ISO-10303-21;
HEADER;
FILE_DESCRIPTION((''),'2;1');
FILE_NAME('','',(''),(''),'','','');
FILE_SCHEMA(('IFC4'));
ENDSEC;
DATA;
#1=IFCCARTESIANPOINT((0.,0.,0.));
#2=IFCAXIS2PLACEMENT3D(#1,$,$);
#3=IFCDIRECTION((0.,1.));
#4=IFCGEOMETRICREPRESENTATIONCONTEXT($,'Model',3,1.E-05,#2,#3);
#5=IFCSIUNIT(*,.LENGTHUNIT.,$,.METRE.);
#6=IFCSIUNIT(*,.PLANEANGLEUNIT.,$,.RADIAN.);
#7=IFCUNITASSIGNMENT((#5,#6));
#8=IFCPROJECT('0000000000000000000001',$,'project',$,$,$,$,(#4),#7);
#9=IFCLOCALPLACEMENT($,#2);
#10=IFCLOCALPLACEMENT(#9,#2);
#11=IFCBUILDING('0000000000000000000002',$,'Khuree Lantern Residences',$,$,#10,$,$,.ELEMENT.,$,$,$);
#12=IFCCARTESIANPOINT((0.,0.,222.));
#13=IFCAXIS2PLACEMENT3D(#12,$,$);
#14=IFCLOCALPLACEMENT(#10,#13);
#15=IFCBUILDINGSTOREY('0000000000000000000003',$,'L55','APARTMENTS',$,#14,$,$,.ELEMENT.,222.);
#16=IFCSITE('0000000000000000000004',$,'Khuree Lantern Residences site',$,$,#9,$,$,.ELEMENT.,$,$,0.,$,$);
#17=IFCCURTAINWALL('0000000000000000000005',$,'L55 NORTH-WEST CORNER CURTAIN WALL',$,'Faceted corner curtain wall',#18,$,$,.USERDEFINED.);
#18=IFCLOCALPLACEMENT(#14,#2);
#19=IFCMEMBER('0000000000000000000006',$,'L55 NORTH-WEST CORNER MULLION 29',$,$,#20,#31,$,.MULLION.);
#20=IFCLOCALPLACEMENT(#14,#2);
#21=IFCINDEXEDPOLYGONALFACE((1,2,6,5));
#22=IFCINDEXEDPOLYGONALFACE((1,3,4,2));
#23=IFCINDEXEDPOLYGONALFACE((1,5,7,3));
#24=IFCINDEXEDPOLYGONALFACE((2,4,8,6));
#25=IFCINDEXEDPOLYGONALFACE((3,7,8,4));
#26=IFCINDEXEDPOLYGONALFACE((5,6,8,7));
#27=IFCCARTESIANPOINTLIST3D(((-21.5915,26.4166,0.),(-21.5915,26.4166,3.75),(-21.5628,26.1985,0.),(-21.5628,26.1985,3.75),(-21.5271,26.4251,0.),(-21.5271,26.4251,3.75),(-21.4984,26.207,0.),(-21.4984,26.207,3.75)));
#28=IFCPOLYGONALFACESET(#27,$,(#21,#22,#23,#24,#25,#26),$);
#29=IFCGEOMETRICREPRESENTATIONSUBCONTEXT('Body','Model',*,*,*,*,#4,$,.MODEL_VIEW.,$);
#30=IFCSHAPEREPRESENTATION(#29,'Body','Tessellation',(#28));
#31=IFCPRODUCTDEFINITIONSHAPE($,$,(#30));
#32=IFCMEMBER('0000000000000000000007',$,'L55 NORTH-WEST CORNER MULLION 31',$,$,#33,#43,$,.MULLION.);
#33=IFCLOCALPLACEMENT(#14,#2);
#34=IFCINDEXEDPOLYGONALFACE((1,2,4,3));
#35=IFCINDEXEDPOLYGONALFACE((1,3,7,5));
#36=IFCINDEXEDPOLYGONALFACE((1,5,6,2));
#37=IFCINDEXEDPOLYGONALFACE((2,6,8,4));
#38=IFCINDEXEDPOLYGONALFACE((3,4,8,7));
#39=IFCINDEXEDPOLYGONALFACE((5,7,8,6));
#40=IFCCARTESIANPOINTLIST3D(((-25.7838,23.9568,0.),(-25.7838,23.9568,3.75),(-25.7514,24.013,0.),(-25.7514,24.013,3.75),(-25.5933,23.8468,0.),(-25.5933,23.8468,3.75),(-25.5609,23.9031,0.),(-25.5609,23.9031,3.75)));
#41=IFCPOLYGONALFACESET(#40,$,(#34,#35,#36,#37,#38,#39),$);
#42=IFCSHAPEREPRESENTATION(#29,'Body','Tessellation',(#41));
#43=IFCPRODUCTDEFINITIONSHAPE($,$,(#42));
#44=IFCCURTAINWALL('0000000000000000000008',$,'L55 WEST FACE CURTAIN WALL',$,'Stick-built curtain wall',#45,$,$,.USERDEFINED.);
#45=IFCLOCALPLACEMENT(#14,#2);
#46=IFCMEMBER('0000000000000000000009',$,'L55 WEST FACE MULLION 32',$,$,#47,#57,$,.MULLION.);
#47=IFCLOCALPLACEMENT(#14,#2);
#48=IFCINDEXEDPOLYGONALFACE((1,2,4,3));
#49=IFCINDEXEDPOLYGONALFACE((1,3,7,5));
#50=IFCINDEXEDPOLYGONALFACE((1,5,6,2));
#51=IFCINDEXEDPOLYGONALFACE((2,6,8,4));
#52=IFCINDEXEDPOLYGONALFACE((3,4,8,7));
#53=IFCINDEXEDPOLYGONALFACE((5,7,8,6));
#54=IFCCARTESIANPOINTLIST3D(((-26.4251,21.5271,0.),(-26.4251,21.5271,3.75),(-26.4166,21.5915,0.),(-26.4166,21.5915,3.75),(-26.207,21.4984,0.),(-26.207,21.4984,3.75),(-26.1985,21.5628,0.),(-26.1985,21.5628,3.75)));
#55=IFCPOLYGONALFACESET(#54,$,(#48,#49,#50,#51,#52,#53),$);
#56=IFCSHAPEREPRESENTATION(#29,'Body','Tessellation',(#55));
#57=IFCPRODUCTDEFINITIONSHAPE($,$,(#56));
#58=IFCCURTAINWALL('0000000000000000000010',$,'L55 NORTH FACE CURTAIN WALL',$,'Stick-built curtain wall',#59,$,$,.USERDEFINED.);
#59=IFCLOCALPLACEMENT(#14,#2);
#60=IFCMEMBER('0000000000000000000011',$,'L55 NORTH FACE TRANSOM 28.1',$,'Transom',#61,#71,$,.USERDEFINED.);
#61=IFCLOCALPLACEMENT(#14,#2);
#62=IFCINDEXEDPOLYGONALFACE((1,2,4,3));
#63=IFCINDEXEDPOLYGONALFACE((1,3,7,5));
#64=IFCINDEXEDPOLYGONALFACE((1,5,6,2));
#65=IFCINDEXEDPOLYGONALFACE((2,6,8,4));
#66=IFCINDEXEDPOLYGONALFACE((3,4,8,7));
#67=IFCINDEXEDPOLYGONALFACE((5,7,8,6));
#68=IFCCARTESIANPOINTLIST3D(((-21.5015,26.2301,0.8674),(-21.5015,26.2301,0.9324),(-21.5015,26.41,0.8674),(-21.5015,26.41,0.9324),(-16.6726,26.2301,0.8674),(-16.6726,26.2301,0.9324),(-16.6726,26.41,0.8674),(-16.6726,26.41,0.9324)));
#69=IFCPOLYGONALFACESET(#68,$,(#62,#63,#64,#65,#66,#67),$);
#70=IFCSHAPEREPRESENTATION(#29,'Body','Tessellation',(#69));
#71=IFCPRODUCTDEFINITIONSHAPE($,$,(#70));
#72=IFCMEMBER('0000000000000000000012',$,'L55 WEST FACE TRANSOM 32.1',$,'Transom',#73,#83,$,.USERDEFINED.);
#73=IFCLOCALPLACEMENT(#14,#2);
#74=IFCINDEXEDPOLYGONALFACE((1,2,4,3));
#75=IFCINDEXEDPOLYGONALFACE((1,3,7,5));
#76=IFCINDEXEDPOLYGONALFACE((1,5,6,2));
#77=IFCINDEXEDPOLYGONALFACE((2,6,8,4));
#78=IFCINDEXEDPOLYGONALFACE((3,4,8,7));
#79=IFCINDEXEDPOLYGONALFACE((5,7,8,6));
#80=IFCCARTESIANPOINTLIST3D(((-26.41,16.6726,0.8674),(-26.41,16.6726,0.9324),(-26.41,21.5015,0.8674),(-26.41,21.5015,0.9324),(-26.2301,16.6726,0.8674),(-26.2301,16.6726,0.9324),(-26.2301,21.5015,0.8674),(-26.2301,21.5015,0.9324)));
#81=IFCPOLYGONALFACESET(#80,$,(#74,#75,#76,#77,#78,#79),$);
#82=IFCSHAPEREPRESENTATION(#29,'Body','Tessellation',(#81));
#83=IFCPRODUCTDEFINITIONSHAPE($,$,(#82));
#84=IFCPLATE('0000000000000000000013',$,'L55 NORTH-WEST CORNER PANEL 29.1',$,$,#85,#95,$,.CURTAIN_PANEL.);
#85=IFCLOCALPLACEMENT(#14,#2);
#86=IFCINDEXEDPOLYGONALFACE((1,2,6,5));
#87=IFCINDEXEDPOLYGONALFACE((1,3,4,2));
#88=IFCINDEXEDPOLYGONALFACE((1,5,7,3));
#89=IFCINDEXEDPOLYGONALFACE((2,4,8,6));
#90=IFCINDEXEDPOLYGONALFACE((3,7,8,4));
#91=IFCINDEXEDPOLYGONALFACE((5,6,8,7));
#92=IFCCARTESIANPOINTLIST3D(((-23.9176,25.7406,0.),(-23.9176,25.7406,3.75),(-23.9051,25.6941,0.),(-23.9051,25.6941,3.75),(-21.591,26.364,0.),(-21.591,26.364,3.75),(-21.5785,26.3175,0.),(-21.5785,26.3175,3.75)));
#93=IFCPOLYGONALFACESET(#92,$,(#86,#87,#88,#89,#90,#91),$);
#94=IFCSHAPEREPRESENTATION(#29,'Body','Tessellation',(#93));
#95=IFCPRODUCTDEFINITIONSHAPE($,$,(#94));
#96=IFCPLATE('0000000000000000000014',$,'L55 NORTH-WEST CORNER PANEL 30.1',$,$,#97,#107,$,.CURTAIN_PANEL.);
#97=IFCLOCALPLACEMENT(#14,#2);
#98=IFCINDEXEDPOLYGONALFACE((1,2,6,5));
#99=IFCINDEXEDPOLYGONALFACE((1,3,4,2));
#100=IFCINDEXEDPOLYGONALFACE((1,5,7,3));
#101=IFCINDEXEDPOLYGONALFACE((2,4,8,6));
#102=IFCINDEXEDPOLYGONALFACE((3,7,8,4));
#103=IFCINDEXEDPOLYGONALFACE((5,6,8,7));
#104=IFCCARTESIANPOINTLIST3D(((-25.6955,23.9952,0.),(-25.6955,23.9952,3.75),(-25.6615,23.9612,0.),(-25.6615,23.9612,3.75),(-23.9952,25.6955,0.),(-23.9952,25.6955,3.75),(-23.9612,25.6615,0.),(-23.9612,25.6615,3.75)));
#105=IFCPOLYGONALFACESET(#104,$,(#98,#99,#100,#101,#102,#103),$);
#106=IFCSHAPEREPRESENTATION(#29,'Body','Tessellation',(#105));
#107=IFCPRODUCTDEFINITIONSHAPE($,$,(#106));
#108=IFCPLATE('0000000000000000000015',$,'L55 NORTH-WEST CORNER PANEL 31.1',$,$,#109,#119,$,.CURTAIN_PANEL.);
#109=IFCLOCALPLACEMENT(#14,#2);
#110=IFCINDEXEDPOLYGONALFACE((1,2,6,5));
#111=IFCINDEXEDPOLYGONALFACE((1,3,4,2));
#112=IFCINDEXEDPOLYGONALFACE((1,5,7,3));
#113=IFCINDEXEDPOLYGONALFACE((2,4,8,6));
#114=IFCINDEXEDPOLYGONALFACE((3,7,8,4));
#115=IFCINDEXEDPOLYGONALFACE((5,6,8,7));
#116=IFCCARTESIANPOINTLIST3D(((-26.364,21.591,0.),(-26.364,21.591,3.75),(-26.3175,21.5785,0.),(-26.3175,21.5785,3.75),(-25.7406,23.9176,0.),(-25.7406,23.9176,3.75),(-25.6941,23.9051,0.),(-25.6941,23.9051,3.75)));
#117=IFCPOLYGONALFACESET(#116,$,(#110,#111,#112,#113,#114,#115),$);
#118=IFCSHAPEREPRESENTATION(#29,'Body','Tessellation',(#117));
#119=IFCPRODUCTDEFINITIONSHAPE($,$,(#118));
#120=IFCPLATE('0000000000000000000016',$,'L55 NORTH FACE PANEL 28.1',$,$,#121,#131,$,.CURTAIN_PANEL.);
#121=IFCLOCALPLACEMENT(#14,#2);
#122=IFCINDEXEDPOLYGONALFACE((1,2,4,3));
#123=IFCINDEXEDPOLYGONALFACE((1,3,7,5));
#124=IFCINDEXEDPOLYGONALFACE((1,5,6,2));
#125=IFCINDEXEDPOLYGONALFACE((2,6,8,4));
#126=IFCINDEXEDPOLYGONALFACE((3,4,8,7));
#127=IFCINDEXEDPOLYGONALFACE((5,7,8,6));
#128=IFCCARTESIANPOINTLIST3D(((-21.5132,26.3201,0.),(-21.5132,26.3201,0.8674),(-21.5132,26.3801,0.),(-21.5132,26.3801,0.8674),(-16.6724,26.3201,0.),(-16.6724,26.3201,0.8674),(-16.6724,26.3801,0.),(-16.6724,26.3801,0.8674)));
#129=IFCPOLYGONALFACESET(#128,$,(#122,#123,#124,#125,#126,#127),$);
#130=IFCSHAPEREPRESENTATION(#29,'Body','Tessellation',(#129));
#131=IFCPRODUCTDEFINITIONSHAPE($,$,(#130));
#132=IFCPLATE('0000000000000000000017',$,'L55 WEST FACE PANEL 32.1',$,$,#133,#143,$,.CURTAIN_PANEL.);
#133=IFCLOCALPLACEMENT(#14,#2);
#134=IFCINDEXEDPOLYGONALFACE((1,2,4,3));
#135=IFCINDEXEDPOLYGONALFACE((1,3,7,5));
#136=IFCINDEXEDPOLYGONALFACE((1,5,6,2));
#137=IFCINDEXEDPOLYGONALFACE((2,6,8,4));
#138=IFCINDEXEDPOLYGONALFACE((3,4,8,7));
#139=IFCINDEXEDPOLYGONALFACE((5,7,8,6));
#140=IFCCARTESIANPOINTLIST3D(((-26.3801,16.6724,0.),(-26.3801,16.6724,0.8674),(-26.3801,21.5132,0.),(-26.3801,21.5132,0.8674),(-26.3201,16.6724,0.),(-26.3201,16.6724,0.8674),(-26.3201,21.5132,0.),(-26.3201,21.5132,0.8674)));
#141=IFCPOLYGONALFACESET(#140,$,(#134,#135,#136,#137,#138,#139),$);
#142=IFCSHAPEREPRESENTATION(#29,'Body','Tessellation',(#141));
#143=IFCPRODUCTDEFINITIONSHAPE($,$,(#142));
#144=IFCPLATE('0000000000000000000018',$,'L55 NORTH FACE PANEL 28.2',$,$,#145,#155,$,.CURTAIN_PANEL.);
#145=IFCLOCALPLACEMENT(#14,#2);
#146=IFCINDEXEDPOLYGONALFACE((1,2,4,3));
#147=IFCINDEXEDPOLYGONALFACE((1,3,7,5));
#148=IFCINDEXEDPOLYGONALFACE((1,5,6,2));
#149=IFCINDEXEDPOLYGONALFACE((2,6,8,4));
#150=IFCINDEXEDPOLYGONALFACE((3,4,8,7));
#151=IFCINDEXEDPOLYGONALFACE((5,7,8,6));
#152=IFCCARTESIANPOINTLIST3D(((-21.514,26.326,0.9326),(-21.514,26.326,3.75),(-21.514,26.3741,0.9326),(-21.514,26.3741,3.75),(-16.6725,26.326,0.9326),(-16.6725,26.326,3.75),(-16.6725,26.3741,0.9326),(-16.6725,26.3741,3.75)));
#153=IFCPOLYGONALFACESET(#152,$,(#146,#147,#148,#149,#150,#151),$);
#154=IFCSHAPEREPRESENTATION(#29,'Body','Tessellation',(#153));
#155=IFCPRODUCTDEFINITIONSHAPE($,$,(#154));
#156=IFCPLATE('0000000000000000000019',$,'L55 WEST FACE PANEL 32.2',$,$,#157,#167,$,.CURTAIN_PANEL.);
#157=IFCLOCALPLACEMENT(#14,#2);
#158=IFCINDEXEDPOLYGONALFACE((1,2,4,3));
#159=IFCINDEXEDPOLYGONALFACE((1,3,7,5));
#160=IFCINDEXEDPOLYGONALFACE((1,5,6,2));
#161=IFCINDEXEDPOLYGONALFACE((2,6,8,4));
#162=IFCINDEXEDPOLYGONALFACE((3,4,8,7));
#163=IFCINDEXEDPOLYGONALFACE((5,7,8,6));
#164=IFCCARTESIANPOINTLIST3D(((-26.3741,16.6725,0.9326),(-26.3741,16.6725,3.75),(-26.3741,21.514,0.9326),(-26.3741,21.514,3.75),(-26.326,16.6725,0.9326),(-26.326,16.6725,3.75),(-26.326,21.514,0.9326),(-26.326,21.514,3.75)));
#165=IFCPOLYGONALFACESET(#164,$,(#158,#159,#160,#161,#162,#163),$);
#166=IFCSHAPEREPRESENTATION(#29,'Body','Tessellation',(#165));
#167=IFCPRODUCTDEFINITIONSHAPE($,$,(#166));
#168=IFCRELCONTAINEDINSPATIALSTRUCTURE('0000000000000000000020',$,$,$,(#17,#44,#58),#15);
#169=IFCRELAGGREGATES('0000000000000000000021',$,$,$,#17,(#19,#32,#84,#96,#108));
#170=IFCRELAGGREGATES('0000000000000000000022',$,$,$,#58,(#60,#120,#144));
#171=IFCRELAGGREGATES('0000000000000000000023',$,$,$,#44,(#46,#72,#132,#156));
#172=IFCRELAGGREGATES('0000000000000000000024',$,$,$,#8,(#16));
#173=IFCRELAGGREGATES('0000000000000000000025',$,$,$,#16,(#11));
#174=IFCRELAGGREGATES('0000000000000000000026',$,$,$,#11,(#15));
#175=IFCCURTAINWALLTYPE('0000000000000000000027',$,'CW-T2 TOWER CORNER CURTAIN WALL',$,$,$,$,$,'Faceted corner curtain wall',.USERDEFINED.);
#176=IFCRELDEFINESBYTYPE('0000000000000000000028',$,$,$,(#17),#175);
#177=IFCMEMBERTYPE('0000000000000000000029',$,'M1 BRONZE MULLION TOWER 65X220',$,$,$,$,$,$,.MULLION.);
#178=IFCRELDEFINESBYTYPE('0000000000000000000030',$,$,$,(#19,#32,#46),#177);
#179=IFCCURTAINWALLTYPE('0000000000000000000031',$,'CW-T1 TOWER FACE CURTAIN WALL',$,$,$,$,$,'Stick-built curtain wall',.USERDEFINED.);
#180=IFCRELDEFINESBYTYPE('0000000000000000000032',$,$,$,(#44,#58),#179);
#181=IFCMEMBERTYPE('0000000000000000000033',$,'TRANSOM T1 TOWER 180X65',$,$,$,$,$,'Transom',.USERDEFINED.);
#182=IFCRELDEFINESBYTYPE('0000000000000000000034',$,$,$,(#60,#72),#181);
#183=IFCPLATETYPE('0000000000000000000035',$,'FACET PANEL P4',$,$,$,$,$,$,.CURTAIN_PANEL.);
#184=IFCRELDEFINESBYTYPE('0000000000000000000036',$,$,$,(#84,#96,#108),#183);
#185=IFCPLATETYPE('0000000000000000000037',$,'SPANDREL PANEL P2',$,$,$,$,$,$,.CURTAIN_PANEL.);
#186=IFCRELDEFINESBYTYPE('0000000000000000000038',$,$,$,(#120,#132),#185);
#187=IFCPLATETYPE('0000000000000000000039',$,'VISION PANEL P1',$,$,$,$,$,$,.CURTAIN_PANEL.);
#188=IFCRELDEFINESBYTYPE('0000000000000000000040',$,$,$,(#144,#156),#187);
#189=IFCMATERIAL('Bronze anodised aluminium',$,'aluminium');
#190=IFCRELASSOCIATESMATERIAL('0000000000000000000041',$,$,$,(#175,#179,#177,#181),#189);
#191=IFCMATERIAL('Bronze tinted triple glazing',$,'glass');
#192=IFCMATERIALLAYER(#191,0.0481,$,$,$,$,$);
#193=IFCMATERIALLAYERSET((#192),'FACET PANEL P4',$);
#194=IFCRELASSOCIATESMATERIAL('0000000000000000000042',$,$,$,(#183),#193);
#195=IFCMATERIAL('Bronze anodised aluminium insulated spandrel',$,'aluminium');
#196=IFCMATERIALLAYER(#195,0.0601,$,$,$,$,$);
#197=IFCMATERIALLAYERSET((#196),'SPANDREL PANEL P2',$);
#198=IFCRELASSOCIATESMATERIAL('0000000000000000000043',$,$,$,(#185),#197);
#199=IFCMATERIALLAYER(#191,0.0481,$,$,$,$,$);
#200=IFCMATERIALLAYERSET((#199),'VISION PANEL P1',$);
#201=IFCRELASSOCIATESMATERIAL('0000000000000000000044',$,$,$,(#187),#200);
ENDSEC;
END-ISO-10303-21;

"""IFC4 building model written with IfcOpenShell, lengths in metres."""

from ifc_helpers import new_model, si_unit, direction, frame, origin, origin_2d, place, context, subcontext, project, spatial, rectangle, extrude, material, layer, layer_set, material_profile, profile_set, type_object, element, aggregate, save


model = new_model("IFC4")

# Units and contexts
model_context = context("Model", 3, precision=1e-05, world=origin(), true_north=direction((0.0, 1.0)))
body_context = subcontext(model_context, "Body", "Model", "MODEL_VIEW")
ifc_project = project(units=[si_unit("LENGTHUNIT", "METRE"), si_unit("PLANEANGLEUNIT", "RADIAN")], contexts=[model_context])

# Site, building, storey
site_placement = place(None, origin())
site = spatial("IfcSite", under=ifc_project, at=site_placement, Name="Khuree Lantern Residences site", CompositionType="ELEMENT", RefElevation=0.0)
building_placement = place(site_placement, origin())
building = spatial("IfcBuilding", under=site, at=building_placement, Name="Khuree Lantern Residences", CompositionType="ELEMENT")
storey_placement = place(building_placement, frame((0.0, 0.0, 222.0)))
storey = spatial("IfcBuildingStorey", under=building, at=storey_placement, Name="L55", Description="APARTMENTS", CompositionType="ELEMENT", Elevation=222.0)

# Curtain wall
ifc_material_1 = material(Name="Bronze anodised aluminium", Category="aluminium")
curtain_wall_type_1 = type_object("IfcCurtainWallType", Name="CW-T2 TOWER CORNER CURTAIN WALL", ElementType="Faceted corner curtain wall", PredefinedType="USERDEFINED", material=ifc_material_1)
curtain_wall_1_placement = place(storey_placement, origin())
curtain_wall_1 = element("IfcCurtainWall", 1, at=curtain_wall_1_placement, inside=storey, type_object=curtain_wall_type_1, Name="L55 NORTH-WEST CORNER CURTAIN WALL", ObjectType="Faceted corner curtain wall", PredefinedType="USERDEFINED")

# Members
ifc_material_profile_1 = material_profile(ifc_material_1, rectangle(XDim=0.0649, YDim=0.22, at=origin_2d()), Name="M1 65X220")
ifc_profile_set_1 = profile_set([ifc_material_profile_1], Name="Bronze anodised aluminium")
member_type_1 = type_object("IfcMemberType", Name="M1 BRONZE MULLION TOWER 65X220", PredefinedType="MULLION", material=ifc_profile_set_1)
member_1_placement = place(storey_placement, frame((-21.5449, 26.3118, 0.0), z_axis=(0.0, 0.0, 1.0), x_axis=(-0.991445, -0.130526, 0.0)))
member_1 = element("IfcMember", 2, at=member_1_placement, type_object=member_type_1, Name="L55 NORTH-WEST CORNER MULLION 29", PredefinedType="MULLION", context=body_context, shape_type="SweptSolid", body=[
    extrude(rectangle(XDim=0.0649, YDim=0.22, at=origin_2d()), origin(), (0.0, 0.0, 1.0), 3.75),
])
member_2_placement = place(storey_placement, frame((-25.6724, 23.9299, 0.0), z_axis=(0.0, 0.0, 1.0), x_axis=(-0.5, -0.866025, 0.0)))
member_2 = element("IfcMember", 3, at=member_2_placement, type_object=member_type_1, Name="L55 NORTH-WEST CORNER MULLION 31", PredefinedType="MULLION", context=body_context, shape_type="SweptSolid", body=[
    extrude(rectangle(XDim=0.0649, YDim=0.22, at=origin_2d()), origin(), (0.0, 0.0, 1.0), 3.75),
])

# Curtain walls, members
curtain_wall_type_2 = type_object("IfcCurtainWallType", Name="CW-T1 TOWER FACE CURTAIN WALL", ElementType="Stick-built curtain wall", PredefinedType="USERDEFINED", material=ifc_material_1)
curtain_wall_2_placement = place(storey_placement, origin())
curtain_wall_2 = element("IfcCurtainWall", 4, at=curtain_wall_2_placement, inside=storey, type_object=curtain_wall_type_2, Name="L55 WEST FACE CURTAIN WALL", ObjectType="Stick-built curtain wall", PredefinedType="USERDEFINED")
member_3_placement = place(storey_placement, frame((-26.3118, 21.5449, 0.0), z_axis=(0.0, 0.0, 1.0), x_axis=(-0.130526, -0.991445, 0.0)))
member_3 = element("IfcMember", 5, at=member_3_placement, type_object=member_type_1, Name="L55 WEST FACE MULLION 32", PredefinedType="MULLION", context=body_context, shape_type="SweptSolid", body=[
    extrude(rectangle(XDim=0.0649, YDim=0.22, at=origin_2d()), origin(), (0.0, 0.0, 1.0), 3.75),
])
curtain_wall_3_placement = place(storey_placement, origin())
curtain_wall_3 = element("IfcCurtainWall", 6, at=curtain_wall_3_placement, inside=storey, type_object=curtain_wall_type_2, Name="L55 NORTH FACE CURTAIN WALL", ObjectType="Stick-built curtain wall", PredefinedType="USERDEFINED")
ifc_material_profile_2 = material_profile(ifc_material_1, rectangle(XDim=0.1799, YDim=0.0649, at=origin_2d()), Name="T1 180X65")
ifc_profile_set_2 = profile_set([ifc_material_profile_2], Name="Bronze anodised aluminium")
member_type_2 = type_object("IfcMemberType", Name="TRANSOM T1 TOWER 180X65", ElementType="Transom", PredefinedType="USERDEFINED", material=ifc_profile_set_2)
member_4_placement = place(storey_placement, frame((-16.6726, 26.3201, 0.8999), z_axis=(-1.0, 0.0, 0.0), x_axis=(0.0, -1.0, 0.0)))
member_4 = element("IfcMember", 7, at=member_4_placement, type_object=member_type_2, Name="L55 NORTH FACE TRANSOM 28.1", ObjectType="Transom", PredefinedType="USERDEFINED", context=body_context, shape_type="SweptSolid", body=[
    extrude(rectangle(XDim=0.1799, YDim=0.0649, at=origin_2d()), origin(), (0.0, 0.0, 1.0), 4.8289),
])

# Member
member_5_placement = place(storey_placement, frame((-26.3201, 21.5015, 0.8999), z_axis=(0.0, -1.0, 0.0), x_axis=(1.0, 0.0, 0.0)))
member_5 = element("IfcMember", 8, at=member_5_placement, type_object=member_type_2, Name="L55 WEST FACE TRANSOM 32.1", ObjectType="Transom", PredefinedType="USERDEFINED", context=body_context, shape_type="SweptSolid", body=[
    extrude(rectangle(XDim=0.1799, YDim=0.0649, at=origin_2d()), origin(), (0.0, 0.0, 1.0), 4.8289),
])

# Plates
ifc_material_2 = material(Name="Bronze tinted triple glazing", Category="glass")
ifc_layer_1 = layer(ifc_material_2, 0.0481)
ifc_layer_set_1 = layer_set([ifc_layer_1], Name="FACET PANEL P4")
plate_type_1 = type_object("IfcPlateType", Name="FACET PANEL P4", PredefinedType="CURTAIN_PANEL", material=ifc_layer_set_1)
plate_1_placement = place(storey_placement, frame((-22.748, 26.0291, 0.0), z_axis=(0.0, 0.0, 1.0), x_axis=(-0.965926, -0.258819, 0.0)))
plate_1 = element("IfcPlate", 9, at=plate_1_placement, type_object=plate_type_1, Name="L55 NORTH-WEST CORNER PANEL 29.1", PredefinedType="CURTAIN_PANEL", context=body_context, shape_type="SweptSolid", body=[
    extrude(rectangle(XDim=2.4087, YDim=0.0481, at=origin_2d()), origin(), (0.0, 0.0, 1.0), 3.75),
])
plate_2_placement = place(storey_placement, frame((-24.8284, 24.8284, 0.0), z_axis=(0.0, 0.0, 1.0), x_axis=(-0.707107, -0.707107, 0.0)))
plate_2 = element("IfcPlate", 10, at=plate_2_placement, type_object=plate_type_1, Name="L55 NORTH-WEST CORNER PANEL 30.1", PredefinedType="CURTAIN_PANEL", context=body_context, shape_type="SweptSolid", body=[
    extrude(rectangle(XDim=2.4045, YDim=0.0481, at=origin_2d()), origin(), (0.0, 0.0, 1.0), 3.75),
])
plate_3_placement = place(storey_placement, frame((-26.0291, 22.748, 0.0), z_axis=(0.0, 0.0, 1.0), x_axis=(-0.258819, -0.965926, 0.0)))
plate_3 = element("IfcPlate", 11, at=plate_3_placement, type_object=plate_type_1, Name="L55 NORTH-WEST CORNER PANEL 31.1", PredefinedType="CURTAIN_PANEL", context=body_context, shape_type="SweptSolid", body=[
    extrude(rectangle(XDim=2.4087, YDim=0.0481, at=origin_2d()), origin(), (0.0, 0.0, 1.0), 3.75),
])
aggregate(curtain_wall_1, [member_1, member_2, plate_1, plate_2, plate_3])
ifc_material_3 = material(Name="Bronze anodised aluminium insulated spandrel", Category="aluminium")
ifc_layer_2 = layer(ifc_material_3, 0.0601)
ifc_layer_set_2 = layer_set([ifc_layer_2], Name="SPANDREL PANEL P2")
plate_type_2 = type_object("IfcPlateType", Name="SPANDREL PANEL P2", PredefinedType="CURTAIN_PANEL", material=ifc_layer_set_2)
plate_4_placement = place(storey_placement, frame((-19.0928, 26.3501, 0.0), z_axis=(0.0, 0.0, 1.0), x_axis=(-1.0, 0.0, 0.0)))
plate_4 = element("IfcPlate", 12, at=plate_4_placement, type_object=plate_type_2, Name="L55 NORTH FACE PANEL 28.1", PredefinedType="CURTAIN_PANEL", context=body_context, shape_type="SweptSolid", body=[
    extrude(rectangle(XDim=4.8408, YDim=0.0601, at=origin_2d()), origin(), (0.0, 0.0, 1.0), 0.8674),
])
plate_5_placement = place(storey_placement, frame((-26.3501, 19.0928, 0.0), z_axis=(0.0, 0.0, 1.0), x_axis=(0.0, -1.0, 0.0)))
plate_5 = element("IfcPlate", 13, at=plate_5_placement, type_object=plate_type_2, Name="L55 WEST FACE PANEL 32.1", PredefinedType="CURTAIN_PANEL", context=body_context, shape_type="SweptSolid", body=[
    extrude(rectangle(XDim=4.8408, YDim=0.0601, at=origin_2d()), origin(), (0.0, 0.0, 1.0), 0.8674),
])
ifc_layer_3 = layer(ifc_material_2, 0.0481)
ifc_layer_set_3 = layer_set([ifc_layer_3], Name="VISION PANEL P1")
plate_type_3 = type_object("IfcPlateType", Name="VISION PANEL P1", PredefinedType="CURTAIN_PANEL", material=ifc_layer_set_3)
plate_6_placement = place(storey_placement, frame((-19.0933, 26.3501, 0.9326), z_axis=(0.0, 0.0, 1.0), x_axis=(-1.0, 0.0, 0.0)))
plate_6 = element("IfcPlate", 14, at=plate_6_placement, type_object=plate_type_3, Name="L55 NORTH FACE PANEL 28.2", PredefinedType="CURTAIN_PANEL", context=body_context, shape_type="SweptSolid", body=[
    extrude(rectangle(XDim=4.8416, YDim=0.0481, at=origin_2d()), origin(), (0.0, 0.0, 1.0), 2.8174),
])
aggregate(curtain_wall_3, [member_4, plate_4, plate_6])
plate_7_placement = place(storey_placement, frame((-26.3501, 19.0933, 0.9326), z_axis=(0.0, 0.0, 1.0), x_axis=(0.0, -1.0, 0.0)))
plate_7 = element("IfcPlate", 15, at=plate_7_placement, type_object=plate_type_3, Name="L55 WEST FACE PANEL 32.2", PredefinedType="CURTAIN_PANEL", context=body_context, shape_type="SweptSolid", body=[
    extrude(rectangle(XDim=4.8416, YDim=0.0481, at=origin_2d()), origin(), (0.0, 0.0, 1.0), 2.8174),
])
aggregate(curtain_wall_2, [member_3, member_5, plate_5, plate_7])

save(model, "model.ifc")
